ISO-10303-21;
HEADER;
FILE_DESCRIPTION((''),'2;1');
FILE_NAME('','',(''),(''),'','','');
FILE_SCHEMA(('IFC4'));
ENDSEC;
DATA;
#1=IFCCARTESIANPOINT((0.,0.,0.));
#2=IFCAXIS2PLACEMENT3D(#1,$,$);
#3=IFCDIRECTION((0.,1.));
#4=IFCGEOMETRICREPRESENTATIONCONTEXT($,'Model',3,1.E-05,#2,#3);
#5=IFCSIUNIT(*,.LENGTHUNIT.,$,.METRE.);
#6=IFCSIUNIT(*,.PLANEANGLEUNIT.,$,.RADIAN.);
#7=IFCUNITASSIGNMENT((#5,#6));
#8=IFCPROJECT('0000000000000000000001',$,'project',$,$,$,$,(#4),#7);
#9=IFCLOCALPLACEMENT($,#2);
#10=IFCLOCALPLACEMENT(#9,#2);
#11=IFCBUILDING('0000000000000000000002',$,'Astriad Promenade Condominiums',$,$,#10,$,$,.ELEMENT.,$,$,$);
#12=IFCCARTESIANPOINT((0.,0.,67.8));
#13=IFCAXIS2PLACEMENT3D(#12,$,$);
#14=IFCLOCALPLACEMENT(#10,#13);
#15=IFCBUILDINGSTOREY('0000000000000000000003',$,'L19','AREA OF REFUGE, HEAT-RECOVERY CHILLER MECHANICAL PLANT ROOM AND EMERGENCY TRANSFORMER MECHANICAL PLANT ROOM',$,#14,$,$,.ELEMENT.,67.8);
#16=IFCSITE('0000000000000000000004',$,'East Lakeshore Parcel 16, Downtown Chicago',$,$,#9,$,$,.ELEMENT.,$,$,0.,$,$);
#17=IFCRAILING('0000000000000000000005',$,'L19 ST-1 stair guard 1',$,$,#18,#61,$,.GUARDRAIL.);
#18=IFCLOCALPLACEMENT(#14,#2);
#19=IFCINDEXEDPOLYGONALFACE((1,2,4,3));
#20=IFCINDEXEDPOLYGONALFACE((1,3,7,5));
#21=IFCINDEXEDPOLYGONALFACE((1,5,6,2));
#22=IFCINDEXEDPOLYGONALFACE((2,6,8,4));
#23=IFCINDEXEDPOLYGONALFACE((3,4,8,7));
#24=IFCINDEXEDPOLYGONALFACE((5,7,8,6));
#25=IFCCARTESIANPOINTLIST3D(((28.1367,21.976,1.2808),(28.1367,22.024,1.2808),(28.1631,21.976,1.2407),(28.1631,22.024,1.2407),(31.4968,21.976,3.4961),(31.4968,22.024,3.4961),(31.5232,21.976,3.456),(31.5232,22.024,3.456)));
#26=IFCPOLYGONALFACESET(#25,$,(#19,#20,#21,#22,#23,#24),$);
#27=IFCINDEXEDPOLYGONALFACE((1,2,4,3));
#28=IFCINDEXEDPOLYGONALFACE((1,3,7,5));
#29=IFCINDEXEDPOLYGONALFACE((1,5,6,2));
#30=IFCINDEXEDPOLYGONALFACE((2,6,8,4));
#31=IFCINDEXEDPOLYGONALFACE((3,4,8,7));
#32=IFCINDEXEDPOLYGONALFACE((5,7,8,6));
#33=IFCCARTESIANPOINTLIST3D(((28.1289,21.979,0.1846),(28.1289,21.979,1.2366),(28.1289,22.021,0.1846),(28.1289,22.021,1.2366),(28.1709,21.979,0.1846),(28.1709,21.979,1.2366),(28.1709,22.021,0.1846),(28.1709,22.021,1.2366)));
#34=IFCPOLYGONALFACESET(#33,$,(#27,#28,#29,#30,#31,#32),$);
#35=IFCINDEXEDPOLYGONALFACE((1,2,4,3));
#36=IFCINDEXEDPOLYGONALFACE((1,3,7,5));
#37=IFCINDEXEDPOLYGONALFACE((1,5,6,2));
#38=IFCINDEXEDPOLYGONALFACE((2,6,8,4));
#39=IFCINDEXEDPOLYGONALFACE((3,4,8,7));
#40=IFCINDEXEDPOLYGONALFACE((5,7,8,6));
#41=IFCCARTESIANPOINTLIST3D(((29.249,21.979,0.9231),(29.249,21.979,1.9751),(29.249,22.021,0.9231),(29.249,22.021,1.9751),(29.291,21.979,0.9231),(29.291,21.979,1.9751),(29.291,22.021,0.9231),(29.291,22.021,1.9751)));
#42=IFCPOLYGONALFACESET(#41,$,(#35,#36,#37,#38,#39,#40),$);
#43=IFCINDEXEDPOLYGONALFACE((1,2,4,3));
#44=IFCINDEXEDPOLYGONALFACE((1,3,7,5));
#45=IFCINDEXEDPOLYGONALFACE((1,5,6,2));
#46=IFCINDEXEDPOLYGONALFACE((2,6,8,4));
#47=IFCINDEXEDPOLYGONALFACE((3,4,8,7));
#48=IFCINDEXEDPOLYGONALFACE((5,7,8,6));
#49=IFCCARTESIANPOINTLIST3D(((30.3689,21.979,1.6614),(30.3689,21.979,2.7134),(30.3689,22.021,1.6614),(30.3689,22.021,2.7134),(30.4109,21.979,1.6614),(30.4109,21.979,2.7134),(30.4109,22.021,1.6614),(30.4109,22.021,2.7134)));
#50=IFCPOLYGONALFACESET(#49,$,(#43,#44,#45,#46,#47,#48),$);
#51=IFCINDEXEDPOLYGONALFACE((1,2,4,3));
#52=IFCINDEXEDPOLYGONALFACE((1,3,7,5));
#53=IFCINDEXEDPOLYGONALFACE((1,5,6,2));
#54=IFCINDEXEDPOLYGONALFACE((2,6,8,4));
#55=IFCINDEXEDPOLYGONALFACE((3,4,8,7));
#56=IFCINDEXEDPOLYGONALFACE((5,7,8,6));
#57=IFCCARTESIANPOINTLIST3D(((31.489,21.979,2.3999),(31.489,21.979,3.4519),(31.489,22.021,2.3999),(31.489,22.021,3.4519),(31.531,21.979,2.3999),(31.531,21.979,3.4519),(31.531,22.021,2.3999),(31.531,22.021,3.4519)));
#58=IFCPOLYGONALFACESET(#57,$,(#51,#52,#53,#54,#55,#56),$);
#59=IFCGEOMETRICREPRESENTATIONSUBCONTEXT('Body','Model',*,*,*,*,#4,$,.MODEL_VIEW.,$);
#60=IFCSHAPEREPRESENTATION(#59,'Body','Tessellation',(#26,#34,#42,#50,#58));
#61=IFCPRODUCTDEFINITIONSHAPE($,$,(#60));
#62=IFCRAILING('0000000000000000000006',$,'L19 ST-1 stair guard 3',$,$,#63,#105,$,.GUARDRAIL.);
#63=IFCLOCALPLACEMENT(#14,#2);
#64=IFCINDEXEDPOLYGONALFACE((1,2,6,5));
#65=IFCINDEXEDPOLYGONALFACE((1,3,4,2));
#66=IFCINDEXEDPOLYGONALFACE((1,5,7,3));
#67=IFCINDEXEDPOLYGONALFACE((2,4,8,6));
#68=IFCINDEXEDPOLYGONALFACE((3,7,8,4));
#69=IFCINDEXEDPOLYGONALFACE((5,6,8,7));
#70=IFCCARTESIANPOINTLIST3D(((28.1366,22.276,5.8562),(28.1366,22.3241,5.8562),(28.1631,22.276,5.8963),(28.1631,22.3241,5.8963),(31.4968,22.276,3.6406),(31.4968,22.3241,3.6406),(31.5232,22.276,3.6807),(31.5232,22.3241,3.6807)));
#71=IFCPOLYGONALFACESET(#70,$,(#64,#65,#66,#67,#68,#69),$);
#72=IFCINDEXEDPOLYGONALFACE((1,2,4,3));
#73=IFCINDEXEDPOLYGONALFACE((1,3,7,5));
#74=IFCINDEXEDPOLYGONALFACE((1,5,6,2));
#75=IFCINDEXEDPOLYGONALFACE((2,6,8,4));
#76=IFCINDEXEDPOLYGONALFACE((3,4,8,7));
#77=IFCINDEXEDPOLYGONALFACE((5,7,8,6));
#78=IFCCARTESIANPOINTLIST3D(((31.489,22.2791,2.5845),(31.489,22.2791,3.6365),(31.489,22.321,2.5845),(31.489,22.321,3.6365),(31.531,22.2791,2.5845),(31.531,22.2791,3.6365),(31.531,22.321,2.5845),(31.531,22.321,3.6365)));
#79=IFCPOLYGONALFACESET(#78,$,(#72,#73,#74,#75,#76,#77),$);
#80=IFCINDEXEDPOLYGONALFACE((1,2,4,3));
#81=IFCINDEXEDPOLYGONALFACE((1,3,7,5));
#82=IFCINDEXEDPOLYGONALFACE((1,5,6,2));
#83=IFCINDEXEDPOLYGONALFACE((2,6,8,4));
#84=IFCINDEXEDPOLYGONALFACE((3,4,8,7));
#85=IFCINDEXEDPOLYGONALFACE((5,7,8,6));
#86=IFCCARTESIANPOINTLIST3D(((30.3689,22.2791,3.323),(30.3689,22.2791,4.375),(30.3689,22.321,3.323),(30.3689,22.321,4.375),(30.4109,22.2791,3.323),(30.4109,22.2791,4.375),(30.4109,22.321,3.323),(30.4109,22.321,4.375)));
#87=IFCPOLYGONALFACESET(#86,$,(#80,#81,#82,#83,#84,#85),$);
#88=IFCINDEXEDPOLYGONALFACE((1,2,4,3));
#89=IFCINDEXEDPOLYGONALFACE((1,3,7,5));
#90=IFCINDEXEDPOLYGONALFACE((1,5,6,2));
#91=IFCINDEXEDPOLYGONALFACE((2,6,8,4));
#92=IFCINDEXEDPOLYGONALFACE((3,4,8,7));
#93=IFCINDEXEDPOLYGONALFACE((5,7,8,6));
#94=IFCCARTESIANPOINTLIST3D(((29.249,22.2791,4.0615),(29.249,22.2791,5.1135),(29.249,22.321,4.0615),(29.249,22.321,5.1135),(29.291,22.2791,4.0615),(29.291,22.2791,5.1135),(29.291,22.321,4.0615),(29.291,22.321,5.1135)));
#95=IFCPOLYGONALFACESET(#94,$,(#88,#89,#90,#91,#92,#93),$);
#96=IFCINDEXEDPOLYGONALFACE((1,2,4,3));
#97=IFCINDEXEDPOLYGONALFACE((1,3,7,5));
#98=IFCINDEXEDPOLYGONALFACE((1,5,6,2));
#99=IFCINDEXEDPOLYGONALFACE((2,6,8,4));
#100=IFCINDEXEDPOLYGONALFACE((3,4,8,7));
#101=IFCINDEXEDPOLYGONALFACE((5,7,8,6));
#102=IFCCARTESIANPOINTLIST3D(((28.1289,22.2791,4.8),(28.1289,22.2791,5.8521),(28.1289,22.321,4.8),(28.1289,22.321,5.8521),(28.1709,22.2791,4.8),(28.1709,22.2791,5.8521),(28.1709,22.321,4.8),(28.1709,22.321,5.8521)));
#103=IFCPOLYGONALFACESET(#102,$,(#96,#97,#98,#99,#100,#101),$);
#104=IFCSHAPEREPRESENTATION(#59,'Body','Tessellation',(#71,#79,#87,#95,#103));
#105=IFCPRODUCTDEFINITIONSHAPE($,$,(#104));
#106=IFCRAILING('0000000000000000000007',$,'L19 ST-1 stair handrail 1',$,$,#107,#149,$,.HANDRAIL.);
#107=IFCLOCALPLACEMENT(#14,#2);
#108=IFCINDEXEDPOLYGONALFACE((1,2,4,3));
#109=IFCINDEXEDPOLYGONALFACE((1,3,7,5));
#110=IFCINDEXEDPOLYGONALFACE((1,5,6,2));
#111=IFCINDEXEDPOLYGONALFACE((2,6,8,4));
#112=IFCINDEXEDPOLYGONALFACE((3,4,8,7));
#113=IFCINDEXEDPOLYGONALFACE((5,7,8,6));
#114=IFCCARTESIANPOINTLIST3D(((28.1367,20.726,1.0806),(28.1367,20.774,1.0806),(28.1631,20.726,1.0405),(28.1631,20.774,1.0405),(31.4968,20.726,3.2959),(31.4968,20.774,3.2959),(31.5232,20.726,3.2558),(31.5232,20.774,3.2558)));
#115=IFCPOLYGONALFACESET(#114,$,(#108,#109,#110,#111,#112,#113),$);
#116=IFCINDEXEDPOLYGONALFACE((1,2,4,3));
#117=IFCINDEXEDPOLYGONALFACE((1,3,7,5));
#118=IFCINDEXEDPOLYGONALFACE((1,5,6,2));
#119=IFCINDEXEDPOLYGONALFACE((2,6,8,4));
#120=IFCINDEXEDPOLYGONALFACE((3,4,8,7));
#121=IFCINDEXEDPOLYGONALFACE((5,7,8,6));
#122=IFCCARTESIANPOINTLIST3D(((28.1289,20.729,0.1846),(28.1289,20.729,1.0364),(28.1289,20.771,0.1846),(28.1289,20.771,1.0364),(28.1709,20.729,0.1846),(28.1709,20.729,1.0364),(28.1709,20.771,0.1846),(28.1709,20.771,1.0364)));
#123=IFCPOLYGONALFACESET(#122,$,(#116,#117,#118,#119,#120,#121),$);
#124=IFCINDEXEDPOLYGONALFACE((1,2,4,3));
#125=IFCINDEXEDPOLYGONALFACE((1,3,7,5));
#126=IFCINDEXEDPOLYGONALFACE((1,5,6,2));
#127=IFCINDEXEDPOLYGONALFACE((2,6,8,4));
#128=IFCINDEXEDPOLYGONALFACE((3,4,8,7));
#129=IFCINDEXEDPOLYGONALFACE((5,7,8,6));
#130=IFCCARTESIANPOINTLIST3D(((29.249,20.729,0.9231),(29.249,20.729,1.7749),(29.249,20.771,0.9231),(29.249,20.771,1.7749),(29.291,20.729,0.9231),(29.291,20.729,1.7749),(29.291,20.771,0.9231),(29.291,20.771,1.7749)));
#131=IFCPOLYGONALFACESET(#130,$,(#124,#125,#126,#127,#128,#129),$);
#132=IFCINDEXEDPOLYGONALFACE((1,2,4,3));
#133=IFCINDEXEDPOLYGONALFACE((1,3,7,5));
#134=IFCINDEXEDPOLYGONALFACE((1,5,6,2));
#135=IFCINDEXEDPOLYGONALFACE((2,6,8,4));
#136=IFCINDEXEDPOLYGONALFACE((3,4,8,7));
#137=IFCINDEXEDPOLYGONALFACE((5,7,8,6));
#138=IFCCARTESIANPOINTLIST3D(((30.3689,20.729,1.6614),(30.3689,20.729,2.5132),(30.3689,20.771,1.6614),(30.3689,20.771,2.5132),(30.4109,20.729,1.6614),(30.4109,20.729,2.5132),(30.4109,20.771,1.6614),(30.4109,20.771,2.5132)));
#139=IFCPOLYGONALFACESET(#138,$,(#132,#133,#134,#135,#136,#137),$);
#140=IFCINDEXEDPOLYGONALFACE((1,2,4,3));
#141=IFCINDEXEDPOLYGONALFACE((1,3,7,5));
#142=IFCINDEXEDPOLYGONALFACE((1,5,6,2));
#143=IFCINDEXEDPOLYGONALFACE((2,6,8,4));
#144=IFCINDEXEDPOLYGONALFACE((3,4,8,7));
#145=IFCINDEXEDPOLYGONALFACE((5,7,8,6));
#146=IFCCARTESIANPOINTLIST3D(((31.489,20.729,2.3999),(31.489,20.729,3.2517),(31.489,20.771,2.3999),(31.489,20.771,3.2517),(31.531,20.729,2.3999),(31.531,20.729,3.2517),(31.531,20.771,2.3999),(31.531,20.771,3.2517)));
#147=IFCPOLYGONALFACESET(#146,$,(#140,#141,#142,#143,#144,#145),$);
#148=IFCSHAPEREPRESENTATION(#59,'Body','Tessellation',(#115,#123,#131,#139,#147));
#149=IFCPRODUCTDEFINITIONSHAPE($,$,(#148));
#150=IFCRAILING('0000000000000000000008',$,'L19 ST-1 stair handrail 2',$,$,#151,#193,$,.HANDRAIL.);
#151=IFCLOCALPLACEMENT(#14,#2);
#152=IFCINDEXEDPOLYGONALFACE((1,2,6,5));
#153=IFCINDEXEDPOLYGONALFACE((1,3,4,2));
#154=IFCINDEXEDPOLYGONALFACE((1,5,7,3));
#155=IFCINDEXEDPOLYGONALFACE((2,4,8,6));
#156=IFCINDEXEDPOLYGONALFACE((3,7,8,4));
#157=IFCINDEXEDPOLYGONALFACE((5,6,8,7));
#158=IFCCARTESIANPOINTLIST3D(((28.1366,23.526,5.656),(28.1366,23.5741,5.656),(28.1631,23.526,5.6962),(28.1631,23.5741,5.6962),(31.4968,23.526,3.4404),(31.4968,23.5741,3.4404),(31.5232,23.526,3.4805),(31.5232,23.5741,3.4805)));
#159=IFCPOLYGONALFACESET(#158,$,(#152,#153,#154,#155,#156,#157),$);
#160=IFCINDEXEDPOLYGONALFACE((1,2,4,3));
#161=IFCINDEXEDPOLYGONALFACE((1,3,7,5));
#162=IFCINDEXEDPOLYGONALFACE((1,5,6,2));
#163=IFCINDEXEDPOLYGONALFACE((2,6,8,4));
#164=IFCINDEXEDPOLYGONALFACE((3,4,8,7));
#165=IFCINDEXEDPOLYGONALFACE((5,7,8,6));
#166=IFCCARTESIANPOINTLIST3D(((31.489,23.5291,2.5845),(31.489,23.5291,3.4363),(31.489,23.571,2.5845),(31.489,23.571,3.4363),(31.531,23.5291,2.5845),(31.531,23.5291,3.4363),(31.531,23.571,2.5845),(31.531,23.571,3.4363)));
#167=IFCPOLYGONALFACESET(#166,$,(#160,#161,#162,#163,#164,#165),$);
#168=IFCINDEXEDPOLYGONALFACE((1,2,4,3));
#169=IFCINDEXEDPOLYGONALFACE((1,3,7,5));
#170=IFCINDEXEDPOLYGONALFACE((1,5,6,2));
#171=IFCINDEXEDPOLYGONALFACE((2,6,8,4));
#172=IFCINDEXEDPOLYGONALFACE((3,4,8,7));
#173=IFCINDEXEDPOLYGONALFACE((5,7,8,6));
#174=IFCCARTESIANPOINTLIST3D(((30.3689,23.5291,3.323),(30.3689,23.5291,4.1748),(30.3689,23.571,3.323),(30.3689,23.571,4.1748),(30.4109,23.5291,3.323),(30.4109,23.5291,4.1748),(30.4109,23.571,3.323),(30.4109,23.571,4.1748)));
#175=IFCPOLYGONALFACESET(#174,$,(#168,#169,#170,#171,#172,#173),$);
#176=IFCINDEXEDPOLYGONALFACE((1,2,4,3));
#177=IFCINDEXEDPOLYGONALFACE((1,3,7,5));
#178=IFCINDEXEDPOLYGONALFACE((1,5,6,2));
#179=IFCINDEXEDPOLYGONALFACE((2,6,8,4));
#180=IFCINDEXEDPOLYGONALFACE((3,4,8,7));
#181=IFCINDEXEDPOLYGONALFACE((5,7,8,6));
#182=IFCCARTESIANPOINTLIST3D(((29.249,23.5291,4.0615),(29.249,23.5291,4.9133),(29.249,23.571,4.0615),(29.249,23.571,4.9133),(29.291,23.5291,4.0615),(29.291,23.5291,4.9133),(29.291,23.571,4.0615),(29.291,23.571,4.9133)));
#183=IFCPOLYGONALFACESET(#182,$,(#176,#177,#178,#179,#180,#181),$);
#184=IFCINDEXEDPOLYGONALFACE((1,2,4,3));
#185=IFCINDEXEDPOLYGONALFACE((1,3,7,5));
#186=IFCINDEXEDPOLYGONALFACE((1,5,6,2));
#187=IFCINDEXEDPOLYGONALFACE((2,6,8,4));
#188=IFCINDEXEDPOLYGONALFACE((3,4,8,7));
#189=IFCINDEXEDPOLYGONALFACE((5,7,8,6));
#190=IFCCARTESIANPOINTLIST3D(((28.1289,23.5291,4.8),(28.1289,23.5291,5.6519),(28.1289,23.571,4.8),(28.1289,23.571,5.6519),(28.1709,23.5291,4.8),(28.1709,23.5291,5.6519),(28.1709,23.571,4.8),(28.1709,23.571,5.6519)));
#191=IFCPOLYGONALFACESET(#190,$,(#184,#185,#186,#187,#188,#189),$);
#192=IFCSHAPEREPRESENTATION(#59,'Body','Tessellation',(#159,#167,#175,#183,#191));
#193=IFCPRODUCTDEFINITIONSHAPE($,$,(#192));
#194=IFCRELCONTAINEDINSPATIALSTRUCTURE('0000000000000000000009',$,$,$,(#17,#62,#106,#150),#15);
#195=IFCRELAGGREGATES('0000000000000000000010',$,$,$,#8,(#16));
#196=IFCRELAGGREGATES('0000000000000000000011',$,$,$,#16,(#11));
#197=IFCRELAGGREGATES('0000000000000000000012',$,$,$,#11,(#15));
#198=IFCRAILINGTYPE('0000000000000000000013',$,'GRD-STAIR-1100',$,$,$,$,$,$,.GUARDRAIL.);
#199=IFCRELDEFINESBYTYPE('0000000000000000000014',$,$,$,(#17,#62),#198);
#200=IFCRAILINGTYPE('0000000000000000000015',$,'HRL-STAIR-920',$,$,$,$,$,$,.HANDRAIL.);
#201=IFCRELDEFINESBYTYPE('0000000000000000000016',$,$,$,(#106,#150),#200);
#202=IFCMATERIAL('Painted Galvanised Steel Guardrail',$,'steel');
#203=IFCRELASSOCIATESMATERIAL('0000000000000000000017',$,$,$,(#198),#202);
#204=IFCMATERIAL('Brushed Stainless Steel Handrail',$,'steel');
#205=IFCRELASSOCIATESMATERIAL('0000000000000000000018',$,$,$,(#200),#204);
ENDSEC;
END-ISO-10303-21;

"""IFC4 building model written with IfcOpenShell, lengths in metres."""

from ifc_helpers import new_model, si_unit, direction, frame, origin, origin_2d, place, context, subcontext, project, spatial, rectangle, extrude, source, transform, mapped, material, type_object, type_shapes, element, save


model = new_model("IFC4")

# Units and contexts
model_context = context("Model", 3, precision=1e-05, world=origin(), true_north=direction((0.0, 1.0)))
body_context = subcontext(model_context, "Body", "Model", "MODEL_VIEW")
ifc_project = project(units=[si_unit("LENGTHUNIT", "METRE"), si_unit("PLANEANGLEUNIT", "RADIAN")], contexts=[model_context])

# Site, building, storey
site_placement = place(None, origin())
site = spatial("IfcSite", under=ifc_project, at=site_placement, Name="East Lakeshore Parcel 16, Downtown Chicago", CompositionType="ELEMENT", RefElevation=0.0)
building_placement = place(site_placement, origin())
building = spatial("IfcBuilding", under=site, at=building_placement, Name="Astriad Promenade Condominiums", CompositionType="ELEMENT")
storey_placement = place(building_placement, frame((0.0, 0.0, 67.8)))
storey = spatial("IfcBuildingStorey", under=building, at=storey_placement, Name="L19", Description="AREA OF REFUGE, HEAT-RECOVERY CHILLER MECHANICAL PLANT ROOM AND EMERGENCY TRANSFORMER MECHANICAL PLANT ROOM", CompositionType="ELEMENT", Elevation=67.8)

# Railings
ifc_material_1 = material(Name="Painted Galvanised Steel Guardrail", Category="steel")
railing_type_1 = type_object("IfcRailingType", Name="GRD-STAIR-1100", PredefinedType="GUARDRAIL", material=ifc_material_1)
shared_shape_1 = source(origin(), body_context, "Body", "SweptSolid", [
    extrude(rectangle(XDim=0.0481, YDim=0.0481, at=origin_2d()), frame((0.0, 0.0, 1.0762), z_axis=(0.834876, 0.0, 0.550437), x_axis=(0.0, 1.0, 0.0)), (0.0, 0.0, 1.0), 4.0247),
    extrude(rectangle(XDim=0.042, YDim=0.042, at=origin_2d()), origin(), (0.0, 0.0, 1.0), 1.052),
    extrude(rectangle(XDim=0.042, YDim=0.042, at=origin_2d()), frame((1.1201, 0.0, 0.7385)), (0.0, 0.0, 1.0), 1.052),
    extrude(rectangle(XDim=0.042, YDim=0.042, at=origin_2d()), frame((2.24, 0.0, 1.4768)), (0.0, 0.0, 1.0), 1.052),
    extrude(rectangle(XDim=0.042, YDim=0.042, at=origin_2d()), frame((3.3601, 0.0, 2.2153)), (0.0, 0.0, 1.0), 1.052),
])
railing_1_placement = place(storey_placement, frame((28.1499, 22.0, 0.1846)))
element("IfcRailing", 1, at=railing_1_placement, inside=storey, type_object=railing_type_1, Name="L19 ST-1 stair guard 1", PredefinedType="GUARDRAIL", context=body_context, shape_type="MappedRepresentation", body=[
    mapped(shared_shape_1, transform((0.0, 0.0, 0.0), scale=1.0)),
])
shared_shape_2 = source(origin(), body_context, "Body", "SweptSolid", [
    extrude(rectangle(XDim=0.0481, YDim=0.0481, at=origin_2d()), frame((0.0, 0.0, 1.0762), z_axis=(-0.834849, 0.0, 0.55048), x_axis=(0.0, -1.0, 0.0)), (0.0, 0.0, 1.0), 4.0249),
    extrude(rectangle(XDim=0.042, YDim=0.042, at=origin_2d()), origin(), (0.0, 0.0, 1.0), 1.052),
    extrude(rectangle(XDim=0.042, YDim=0.042, at=origin_2d()), frame((-1.1201, 0.0, 0.7385)), (0.0, 0.0, 1.0), 1.052),
    extrude(rectangle(XDim=0.042, YDim=0.042, at=origin_2d()), frame((-2.24, 0.0, 1.4771)), (0.0, 0.0, 1.0), 1.052),
    extrude(rectangle(XDim=0.042, YDim=0.042, at=origin_2d()), frame((-3.3601, 0.0, 2.2156)), (0.0, 0.0, 1.0), 1.052),
])
railing_2_placement = place(storey_placement, frame((31.51, 22.3, 2.5845)))
element("IfcRailing", 2, at=railing_2_placement, inside=storey, type_object=railing_type_1, Name="L19 ST-1 stair guard 3", PredefinedType="GUARDRAIL", context=body_context, shape_type="MappedRepresentation", body=[
    mapped(shared_shape_2, transform((0.0, 0.0, 0.0), scale=1.0)),
])
ifc_material_2 = material(Name="Brushed Stainless Steel Handrail", Category="steel")
railing_type_2 = type_object("IfcRailingType", Name="HRL-STAIR-920", PredefinedType="HANDRAIL", material=ifc_material_2)
shared_shape_3 = source(origin(), body_context, "Body", "SweptSolid", [
    extrude(rectangle(XDim=0.0481, YDim=0.0481, at=origin_2d()), frame((0.0, 0.0, 0.876), z_axis=(0.834876, 0.0, 0.550437), x_axis=(0.0, 1.0, 0.0)), (0.0, 0.0, 1.0), 4.0247),
    extrude(rectangle(XDim=0.042, YDim=0.042, at=origin_2d()), origin(), (0.0, 0.0, 1.0), 0.8518),
    extrude(rectangle(XDim=0.042, YDim=0.042, at=origin_2d()), frame((1.1201, 0.0, 0.7385)), (0.0, 0.0, 1.0), 0.8518),
    extrude(rectangle(XDim=0.042, YDim=0.042, at=origin_2d()), frame((2.24, 0.0, 1.4768)), (0.0, 0.0, 1.0), 0.8518),
    extrude(rectangle(XDim=0.042, YDim=0.042, at=origin_2d()), frame((3.3601, 0.0, 2.2153)), (0.0, 0.0, 1.0), 0.8518),
])
railing_3_placement = place(storey_placement, frame((28.1499, 20.75, 0.1846)))
element("IfcRailing", 3, at=railing_3_placement, inside=storey, type_object=railing_type_2, Name="L19 ST-1 stair handrail 1", PredefinedType="HANDRAIL", context=body_context, shape_type="MappedRepresentation", body=[
    mapped(shared_shape_3, transform((0.0, 0.0, 0.0), scale=1.0)),
])
shared_shape_4 = source(origin(), body_context, "Body", "SweptSolid", [
    extrude(rectangle(XDim=0.0481, YDim=0.0481, at=origin_2d()), frame((0.0, 0.0, 0.876), z_axis=(-0.834849, 0.0, 0.55048), x_axis=(0.0, -1.0, 0.0)), (0.0, 0.0, 1.0), 4.0249),
    extrude(rectangle(XDim=0.042, YDim=0.042, at=origin_2d()), origin(), (0.0, 0.0, 1.0), 0.8518),
    extrude(rectangle(XDim=0.042, YDim=0.042, at=origin_2d()), frame((-1.1201, 0.0, 0.7385)), (0.0, 0.0, 1.0), 0.8518),
    extrude(rectangle(XDim=0.042, YDim=0.042, at=origin_2d()), frame((-2.24, 0.0, 1.4771)), (0.0, 0.0, 1.0), 0.8518),
    extrude(rectangle(XDim=0.042, YDim=0.042, at=origin_2d()), frame((-3.3601, 0.0, 2.2156)), (0.0, 0.0, 1.0), 0.8518),
])
type_shapes(railing_type_2, [shared_shape_3, shared_shape_4])
railing_4_placement = place(storey_placement, frame((31.51, 23.55, 2.5845)))
element("IfcRailing", 4, at=railing_4_placement, inside=storey, type_object=railing_type_2, Name="L19 ST-1 stair handrail 2", PredefinedType="HANDRAIL", context=body_context, shape_type="MappedRepresentation", body=[
    mapped(shared_shape_4, transform((0.0, 0.0, 0.0), scale=1.0)),
])

save(model, "model.ifc")
